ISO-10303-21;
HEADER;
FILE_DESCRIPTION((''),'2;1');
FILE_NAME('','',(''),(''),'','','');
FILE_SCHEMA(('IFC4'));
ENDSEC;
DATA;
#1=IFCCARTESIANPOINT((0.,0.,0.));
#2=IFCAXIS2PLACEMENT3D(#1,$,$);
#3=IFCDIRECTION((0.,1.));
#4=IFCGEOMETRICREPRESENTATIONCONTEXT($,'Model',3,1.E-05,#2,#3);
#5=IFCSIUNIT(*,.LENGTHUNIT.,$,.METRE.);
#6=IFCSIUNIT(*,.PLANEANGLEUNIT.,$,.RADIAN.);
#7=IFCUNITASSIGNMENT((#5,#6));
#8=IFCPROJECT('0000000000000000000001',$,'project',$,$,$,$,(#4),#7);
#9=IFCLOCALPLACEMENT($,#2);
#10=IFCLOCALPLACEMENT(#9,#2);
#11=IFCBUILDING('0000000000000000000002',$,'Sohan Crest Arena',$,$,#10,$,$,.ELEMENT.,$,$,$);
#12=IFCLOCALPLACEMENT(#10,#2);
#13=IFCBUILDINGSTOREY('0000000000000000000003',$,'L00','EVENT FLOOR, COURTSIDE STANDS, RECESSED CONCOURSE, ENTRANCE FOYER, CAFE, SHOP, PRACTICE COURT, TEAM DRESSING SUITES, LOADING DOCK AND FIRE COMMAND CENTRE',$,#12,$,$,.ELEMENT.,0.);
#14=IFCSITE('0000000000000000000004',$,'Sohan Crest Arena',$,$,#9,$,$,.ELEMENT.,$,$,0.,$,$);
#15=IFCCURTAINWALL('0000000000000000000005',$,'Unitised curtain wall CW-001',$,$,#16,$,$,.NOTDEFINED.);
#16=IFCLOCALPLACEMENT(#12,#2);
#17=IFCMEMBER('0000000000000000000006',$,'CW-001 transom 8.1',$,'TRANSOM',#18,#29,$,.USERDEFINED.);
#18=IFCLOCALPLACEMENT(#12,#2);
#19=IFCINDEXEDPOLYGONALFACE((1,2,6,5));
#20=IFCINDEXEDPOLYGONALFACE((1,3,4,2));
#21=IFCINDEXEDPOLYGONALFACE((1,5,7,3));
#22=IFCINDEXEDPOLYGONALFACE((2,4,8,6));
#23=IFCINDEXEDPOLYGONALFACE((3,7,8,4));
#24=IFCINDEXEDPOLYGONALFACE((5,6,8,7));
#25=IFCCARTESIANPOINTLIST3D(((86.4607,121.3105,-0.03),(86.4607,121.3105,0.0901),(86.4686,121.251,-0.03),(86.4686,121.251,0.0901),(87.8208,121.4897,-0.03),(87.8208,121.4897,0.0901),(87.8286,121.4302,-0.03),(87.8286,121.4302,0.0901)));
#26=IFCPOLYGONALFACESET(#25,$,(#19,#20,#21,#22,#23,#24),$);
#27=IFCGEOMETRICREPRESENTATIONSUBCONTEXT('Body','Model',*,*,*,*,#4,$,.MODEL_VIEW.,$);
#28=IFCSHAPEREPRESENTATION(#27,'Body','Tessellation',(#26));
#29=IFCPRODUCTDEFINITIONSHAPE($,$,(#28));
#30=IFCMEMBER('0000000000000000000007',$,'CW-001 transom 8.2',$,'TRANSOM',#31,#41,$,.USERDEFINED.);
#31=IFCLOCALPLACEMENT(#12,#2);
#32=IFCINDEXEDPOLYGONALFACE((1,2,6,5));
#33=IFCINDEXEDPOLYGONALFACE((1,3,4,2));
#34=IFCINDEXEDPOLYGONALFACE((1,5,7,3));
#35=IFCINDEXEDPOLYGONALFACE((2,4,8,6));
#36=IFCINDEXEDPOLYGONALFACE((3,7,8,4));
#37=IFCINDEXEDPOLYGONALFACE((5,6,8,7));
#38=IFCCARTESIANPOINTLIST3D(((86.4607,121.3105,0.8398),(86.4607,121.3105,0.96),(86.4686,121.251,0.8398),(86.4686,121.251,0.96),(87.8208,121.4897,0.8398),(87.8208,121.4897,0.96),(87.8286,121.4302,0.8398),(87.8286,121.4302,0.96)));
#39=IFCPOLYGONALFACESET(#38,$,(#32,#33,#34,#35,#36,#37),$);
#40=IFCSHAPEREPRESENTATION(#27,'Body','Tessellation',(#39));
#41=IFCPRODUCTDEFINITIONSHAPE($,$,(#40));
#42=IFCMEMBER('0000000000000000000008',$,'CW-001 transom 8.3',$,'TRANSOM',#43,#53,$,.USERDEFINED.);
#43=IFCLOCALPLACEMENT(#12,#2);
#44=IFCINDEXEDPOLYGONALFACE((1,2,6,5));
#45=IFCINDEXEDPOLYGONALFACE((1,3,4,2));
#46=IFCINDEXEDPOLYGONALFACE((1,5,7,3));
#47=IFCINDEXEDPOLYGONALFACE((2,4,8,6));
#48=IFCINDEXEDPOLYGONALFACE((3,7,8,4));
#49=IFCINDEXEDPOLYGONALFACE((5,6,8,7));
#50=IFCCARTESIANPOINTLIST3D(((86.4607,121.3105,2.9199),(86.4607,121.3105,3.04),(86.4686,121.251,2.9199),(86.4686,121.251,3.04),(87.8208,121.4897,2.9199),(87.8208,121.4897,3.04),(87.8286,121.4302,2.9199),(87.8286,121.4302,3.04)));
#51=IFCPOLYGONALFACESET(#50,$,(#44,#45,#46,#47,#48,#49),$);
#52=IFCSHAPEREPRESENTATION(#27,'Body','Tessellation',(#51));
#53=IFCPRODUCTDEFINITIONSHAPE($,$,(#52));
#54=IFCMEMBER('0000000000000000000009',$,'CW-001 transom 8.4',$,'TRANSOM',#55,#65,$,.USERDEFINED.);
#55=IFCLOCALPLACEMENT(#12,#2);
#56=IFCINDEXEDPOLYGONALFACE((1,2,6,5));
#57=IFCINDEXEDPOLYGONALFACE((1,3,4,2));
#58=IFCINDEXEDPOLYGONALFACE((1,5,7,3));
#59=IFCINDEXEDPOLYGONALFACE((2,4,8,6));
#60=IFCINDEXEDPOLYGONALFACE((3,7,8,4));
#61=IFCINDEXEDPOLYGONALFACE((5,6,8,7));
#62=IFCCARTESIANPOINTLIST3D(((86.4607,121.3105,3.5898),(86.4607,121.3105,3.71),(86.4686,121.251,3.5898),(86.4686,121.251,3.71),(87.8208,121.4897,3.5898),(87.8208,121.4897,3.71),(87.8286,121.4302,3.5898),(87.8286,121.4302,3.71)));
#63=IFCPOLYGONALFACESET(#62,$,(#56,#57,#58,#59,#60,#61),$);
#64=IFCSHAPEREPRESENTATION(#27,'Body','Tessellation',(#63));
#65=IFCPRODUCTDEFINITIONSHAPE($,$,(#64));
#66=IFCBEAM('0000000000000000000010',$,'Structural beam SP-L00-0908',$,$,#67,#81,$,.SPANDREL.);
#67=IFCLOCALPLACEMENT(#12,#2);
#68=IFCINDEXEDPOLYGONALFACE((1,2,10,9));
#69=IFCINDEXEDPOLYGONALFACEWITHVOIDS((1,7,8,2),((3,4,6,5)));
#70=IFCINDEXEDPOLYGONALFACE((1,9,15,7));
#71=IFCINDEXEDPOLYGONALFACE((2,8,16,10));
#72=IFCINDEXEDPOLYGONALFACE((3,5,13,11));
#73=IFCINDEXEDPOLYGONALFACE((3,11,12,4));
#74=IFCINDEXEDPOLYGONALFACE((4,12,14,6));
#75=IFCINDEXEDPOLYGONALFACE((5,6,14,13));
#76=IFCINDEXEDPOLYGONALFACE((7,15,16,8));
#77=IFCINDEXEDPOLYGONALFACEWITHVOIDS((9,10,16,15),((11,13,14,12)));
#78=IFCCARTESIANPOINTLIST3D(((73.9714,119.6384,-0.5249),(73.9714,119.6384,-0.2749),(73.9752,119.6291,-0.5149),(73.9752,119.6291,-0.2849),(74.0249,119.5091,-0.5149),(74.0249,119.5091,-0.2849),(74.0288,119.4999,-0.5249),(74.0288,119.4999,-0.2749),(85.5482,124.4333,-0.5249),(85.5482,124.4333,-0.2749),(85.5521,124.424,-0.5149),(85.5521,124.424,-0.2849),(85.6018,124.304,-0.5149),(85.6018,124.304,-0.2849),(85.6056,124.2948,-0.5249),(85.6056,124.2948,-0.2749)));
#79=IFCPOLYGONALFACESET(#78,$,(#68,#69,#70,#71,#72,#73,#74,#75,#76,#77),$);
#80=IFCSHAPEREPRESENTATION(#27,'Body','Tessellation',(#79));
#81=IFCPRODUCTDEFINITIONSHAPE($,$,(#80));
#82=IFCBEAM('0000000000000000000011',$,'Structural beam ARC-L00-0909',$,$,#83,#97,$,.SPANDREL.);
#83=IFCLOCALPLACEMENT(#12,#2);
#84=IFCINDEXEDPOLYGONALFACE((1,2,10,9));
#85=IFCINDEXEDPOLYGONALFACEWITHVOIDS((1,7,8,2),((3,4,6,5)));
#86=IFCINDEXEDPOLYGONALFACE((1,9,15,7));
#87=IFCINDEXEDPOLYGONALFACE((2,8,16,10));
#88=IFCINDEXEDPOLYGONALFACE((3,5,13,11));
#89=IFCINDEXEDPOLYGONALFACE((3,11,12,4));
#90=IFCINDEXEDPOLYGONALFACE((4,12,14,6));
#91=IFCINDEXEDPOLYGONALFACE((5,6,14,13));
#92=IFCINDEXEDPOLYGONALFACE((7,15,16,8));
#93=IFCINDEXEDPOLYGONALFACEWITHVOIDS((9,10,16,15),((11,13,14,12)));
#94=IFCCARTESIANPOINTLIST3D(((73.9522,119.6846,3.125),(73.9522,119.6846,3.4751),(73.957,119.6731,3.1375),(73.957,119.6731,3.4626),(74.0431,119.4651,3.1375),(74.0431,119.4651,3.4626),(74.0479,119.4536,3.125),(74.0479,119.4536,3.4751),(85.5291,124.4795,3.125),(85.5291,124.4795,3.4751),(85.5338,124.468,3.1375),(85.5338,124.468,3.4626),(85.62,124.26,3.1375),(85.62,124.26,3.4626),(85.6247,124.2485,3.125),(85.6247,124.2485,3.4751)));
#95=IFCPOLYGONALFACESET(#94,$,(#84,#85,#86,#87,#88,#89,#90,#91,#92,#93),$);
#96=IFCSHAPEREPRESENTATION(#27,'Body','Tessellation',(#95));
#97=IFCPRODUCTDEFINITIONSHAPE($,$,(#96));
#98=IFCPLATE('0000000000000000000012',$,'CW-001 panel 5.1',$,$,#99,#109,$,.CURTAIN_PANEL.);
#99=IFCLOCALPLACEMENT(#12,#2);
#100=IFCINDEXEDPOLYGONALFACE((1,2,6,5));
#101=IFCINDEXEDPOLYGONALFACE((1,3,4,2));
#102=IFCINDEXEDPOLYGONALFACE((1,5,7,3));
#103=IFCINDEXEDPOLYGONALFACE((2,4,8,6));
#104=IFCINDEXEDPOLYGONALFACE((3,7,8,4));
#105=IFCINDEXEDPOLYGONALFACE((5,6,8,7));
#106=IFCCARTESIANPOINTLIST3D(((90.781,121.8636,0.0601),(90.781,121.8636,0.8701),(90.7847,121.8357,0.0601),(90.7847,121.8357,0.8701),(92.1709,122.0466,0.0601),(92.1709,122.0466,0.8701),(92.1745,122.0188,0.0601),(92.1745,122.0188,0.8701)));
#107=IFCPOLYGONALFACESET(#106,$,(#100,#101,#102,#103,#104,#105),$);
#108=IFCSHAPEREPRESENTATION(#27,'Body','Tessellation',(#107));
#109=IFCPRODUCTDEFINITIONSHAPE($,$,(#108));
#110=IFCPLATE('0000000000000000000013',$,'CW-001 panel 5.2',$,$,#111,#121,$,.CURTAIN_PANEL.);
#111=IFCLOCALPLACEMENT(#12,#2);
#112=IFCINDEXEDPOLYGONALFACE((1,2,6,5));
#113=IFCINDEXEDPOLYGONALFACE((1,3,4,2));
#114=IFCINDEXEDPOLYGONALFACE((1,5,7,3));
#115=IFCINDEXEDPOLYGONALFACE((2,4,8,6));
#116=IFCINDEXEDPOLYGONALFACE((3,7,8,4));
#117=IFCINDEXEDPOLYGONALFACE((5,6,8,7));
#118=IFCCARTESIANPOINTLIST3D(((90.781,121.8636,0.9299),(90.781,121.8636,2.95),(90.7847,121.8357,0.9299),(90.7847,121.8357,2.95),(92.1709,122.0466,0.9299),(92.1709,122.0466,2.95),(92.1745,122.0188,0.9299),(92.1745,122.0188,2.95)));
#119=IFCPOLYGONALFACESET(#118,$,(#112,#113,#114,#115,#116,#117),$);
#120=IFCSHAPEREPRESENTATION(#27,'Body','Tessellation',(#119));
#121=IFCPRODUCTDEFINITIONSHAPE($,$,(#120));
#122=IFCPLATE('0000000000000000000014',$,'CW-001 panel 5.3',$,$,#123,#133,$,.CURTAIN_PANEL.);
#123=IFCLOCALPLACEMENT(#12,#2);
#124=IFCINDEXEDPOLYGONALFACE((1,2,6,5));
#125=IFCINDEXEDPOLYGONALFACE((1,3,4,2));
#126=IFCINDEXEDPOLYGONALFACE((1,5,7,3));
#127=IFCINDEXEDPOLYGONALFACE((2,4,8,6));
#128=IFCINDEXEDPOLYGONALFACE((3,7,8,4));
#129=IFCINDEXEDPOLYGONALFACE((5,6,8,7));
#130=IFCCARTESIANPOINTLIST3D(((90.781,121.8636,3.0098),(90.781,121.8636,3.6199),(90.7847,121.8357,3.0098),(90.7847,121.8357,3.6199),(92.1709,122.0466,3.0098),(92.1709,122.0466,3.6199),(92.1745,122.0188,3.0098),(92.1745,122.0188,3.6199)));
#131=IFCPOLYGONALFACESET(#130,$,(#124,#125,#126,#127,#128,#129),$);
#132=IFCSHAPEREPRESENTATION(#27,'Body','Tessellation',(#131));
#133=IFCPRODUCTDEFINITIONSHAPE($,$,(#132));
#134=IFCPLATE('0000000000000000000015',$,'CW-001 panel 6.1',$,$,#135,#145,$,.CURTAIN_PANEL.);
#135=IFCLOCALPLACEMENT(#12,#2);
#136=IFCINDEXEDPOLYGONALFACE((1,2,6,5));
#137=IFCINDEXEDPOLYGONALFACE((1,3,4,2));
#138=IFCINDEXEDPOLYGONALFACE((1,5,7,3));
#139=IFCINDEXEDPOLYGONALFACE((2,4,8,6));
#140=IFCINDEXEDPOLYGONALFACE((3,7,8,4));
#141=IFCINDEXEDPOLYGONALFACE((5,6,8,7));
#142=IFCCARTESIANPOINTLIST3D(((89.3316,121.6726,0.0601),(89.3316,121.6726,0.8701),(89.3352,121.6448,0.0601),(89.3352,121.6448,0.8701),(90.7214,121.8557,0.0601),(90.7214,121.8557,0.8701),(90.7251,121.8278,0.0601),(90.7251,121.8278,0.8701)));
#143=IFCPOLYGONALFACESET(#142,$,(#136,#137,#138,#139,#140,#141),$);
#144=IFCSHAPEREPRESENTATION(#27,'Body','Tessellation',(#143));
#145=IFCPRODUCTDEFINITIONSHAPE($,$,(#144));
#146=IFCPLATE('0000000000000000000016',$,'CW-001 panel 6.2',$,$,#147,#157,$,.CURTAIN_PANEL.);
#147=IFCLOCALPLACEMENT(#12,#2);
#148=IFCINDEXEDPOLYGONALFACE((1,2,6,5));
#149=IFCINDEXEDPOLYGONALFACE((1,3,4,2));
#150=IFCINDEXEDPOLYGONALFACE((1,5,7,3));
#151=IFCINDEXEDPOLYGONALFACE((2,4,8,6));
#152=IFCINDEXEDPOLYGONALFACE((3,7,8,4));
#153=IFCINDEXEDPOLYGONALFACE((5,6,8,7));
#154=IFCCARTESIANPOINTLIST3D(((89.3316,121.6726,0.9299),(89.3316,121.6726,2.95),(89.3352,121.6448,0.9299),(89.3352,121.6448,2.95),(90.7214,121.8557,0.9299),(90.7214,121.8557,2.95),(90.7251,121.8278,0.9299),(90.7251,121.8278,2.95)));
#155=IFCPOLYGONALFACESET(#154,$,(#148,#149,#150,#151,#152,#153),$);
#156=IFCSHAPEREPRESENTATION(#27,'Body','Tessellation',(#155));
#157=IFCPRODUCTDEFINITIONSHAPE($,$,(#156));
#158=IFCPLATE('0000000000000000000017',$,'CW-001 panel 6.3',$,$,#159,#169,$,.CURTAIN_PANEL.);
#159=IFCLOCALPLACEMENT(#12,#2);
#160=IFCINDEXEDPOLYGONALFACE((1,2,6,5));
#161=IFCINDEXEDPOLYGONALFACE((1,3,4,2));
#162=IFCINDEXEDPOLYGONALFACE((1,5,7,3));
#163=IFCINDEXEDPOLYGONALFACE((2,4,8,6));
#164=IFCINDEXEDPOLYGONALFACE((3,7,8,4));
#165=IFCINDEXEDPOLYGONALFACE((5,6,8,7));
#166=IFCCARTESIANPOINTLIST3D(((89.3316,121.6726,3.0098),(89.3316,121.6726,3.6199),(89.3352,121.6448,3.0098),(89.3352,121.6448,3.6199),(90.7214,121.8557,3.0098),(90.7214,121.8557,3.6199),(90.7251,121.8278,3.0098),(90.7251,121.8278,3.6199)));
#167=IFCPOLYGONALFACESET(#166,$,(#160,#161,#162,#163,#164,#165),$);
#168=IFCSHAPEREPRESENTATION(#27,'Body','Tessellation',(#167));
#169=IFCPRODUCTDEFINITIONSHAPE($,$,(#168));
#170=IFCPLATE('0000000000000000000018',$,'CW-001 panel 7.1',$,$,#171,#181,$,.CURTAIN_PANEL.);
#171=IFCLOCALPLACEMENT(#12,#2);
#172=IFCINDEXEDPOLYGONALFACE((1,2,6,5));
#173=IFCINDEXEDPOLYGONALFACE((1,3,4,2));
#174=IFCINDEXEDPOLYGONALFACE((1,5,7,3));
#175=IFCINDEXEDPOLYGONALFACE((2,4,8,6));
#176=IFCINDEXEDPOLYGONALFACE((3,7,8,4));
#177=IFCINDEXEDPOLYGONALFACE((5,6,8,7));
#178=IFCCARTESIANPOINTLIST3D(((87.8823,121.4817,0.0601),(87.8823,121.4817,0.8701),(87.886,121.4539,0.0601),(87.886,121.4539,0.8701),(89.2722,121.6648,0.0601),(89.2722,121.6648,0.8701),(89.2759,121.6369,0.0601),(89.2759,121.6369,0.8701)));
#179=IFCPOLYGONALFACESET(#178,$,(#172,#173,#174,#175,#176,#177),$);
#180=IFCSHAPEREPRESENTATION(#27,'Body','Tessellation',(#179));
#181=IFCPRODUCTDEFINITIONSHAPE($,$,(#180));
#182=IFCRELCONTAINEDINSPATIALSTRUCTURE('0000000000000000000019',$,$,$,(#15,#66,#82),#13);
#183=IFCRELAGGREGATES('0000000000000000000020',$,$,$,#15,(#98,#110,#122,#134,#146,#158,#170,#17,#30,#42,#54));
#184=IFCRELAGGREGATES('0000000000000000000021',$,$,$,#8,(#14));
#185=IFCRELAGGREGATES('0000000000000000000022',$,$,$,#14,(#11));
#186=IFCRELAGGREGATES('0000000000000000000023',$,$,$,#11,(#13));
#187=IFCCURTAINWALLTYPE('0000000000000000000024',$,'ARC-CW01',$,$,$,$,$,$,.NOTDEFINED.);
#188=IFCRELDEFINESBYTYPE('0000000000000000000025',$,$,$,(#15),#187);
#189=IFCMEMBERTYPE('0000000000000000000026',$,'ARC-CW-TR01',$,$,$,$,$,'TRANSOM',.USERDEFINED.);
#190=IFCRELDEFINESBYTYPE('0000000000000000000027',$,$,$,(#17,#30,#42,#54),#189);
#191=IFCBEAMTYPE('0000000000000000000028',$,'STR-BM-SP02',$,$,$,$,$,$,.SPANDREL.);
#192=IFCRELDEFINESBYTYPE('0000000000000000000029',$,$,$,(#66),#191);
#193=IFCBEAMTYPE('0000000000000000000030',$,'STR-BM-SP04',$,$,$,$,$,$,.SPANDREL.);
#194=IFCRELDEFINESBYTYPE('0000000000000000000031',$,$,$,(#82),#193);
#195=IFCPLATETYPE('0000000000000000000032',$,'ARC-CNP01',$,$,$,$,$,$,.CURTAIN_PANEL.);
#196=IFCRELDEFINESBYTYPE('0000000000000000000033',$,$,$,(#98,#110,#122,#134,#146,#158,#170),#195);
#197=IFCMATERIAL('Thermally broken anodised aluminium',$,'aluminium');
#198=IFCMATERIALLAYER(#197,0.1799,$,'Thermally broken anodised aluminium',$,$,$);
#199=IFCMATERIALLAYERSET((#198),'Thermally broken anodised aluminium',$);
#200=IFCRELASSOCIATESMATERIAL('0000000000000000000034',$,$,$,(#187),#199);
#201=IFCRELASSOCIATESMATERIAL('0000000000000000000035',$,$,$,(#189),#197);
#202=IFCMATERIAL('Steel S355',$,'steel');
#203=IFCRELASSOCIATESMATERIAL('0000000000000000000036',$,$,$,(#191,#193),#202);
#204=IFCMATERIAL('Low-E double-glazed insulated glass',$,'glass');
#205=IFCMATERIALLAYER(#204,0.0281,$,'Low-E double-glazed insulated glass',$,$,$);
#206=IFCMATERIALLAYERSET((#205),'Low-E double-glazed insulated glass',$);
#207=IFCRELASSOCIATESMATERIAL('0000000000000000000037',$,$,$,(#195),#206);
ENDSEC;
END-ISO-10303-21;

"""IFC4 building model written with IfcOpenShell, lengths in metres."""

from ifc_helpers import new_model, si_unit, direction, frame, origin, origin_2d, place, context, subcontext, project, spatial, rectangle, hollow_rectangle, extrude, material, layer, layer_set, material_profile, profile_set, type_object, element, aggregate, save


model = new_model("IFC4")

# Units and contexts
model_context = context("Model", 3, precision=1e-05, world=origin(), true_north=direction((0.0, 1.0)))
body_context = subcontext(model_context, "Body", "Model", "MODEL_VIEW")
ifc_project = project(units=[si_unit("LENGTHUNIT", "METRE"), si_unit("PLANEANGLEUNIT", "RADIAN")], contexts=[model_context])

# Site, building, storey
site_placement = place(None, origin())
site = spatial("IfcSite", under=ifc_project, at=site_placement, Name="Sohan Crest Arena", CompositionType="ELEMENT", RefElevation=0.0)
building_placement = place(site_placement, origin())
building = spatial("IfcBuilding", under=site, at=building_placement, Name="Sohan Crest Arena", CompositionType="ELEMENT")
storey_placement = place(building_placement, origin())
storey = spatial("IfcBuildingStorey", under=building, at=storey_placement, Name="L00", Description="EVENT FLOOR, COURTSIDE STANDS, RECESSED CONCOURSE, ENTRANCE FOYER, CAFE, SHOP, PRACTICE COURT, TEAM DRESSING SUITES, LOADING DOCK AND FIRE COMMAND CENTRE", CompositionType="ELEMENT", Elevation=0.0)

# Curtain wall, members
ifc_material_1 = material(Name="Thermally broken anodised aluminium", Category="aluminium")
ifc_layer_1 = layer(ifc_material_1, 0.1799, Name="Thermally broken anodised aluminium")
ifc_layer_set_1 = layer_set([ifc_layer_1], Name="Thermally broken anodised aluminium")
curtain_wall_type = type_object("IfcCurtainWallType", Name="ARC-CW01", PredefinedType="NOTDEFINED", material=ifc_layer_set_1)
curtain_wall_placement = place(storey_placement, origin())
curtain_wall = element("IfcCurtainWall", 1, at=curtain_wall_placement, inside=storey, type_object=curtain_wall_type, Name="Unitised curtain wall CW-001", PredefinedType="NOTDEFINED")
ifc_material_profile_1 = material_profile(ifc_material_1, rectangle(XDim=0.0601, YDim=0.1201, at=origin_2d()), Name="ALU-TRAN 60x120")
ifc_profile_set_1 = profile_set([ifc_material_profile_1], Name="Thermally broken anodised aluminium")
member_type_1 = type_object("IfcMemberType", Name="ARC-CW-TR01", ElementType="TRANSOM", PredefinedType="USERDEFINED", material=ifc_profile_set_1)
member_1_placement = place(storey_placement, frame((87.8247, 121.46, 0.03), z_axis=(-0.991432, -0.130625, 0.0), x_axis=(0.130625, -0.991432, 0.0)))
member_1 = element("IfcMember", 2, at=member_1_placement, type_object=member_type_1, Name="CW-001 transom 8.1", ObjectType="TRANSOM", PredefinedType="USERDEFINED", context=body_context, shape_type="SweptSolid", body=[
    extrude(rectangle(XDim=0.0601, YDim=0.1201, at=origin_2d()), origin(), (0.0, 0.0, 1.0), 1.3718),
])
member_2_placement = place(storey_placement, frame((87.8247, 121.46, 0.8999), z_axis=(-0.991432, -0.130625, 0.0), x_axis=(0.130625, -0.991432, 0.0)))
member_2 = element("IfcMember", 3, at=member_2_placement, type_object=member_type_1, Name="CW-001 transom 8.2", ObjectType="TRANSOM", PredefinedType="USERDEFINED", context=body_context, shape_type="SweptSolid", body=[
    extrude(rectangle(XDim=0.0601, YDim=0.1201, at=origin_2d()), origin(), (0.0, 0.0, 1.0), 1.3718),
])
member_3_placement = place(storey_placement, frame((87.8247, 121.46, 2.98), z_axis=(-0.991432, -0.130625, 0.0), x_axis=(0.130625, -0.991432, 0.0)))
member_3 = element("IfcMember", 4, at=member_3_placement, type_object=member_type_1, Name="CW-001 transom 8.3", ObjectType="TRANSOM", PredefinedType="USERDEFINED", context=body_context, shape_type="SweptSolid", body=[
    extrude(rectangle(XDim=0.0601, YDim=0.1201, at=origin_2d()), origin(), (0.0, 0.0, 1.0), 1.3718),
])
member_4_placement = place(storey_placement, frame((87.8247, 121.46, 3.6499), z_axis=(-0.991432, -0.130625, 0.0), x_axis=(0.130625, -0.991432, 0.0)))
member_4 = element("IfcMember", 5, at=member_4_placement, type_object=member_type_1, Name="CW-001 transom 8.4", ObjectType="TRANSOM", PredefinedType="USERDEFINED", context=body_context, shape_type="SweptSolid", body=[
    extrude(rectangle(XDim=0.0601, YDim=0.1201, at=origin_2d()), origin(), (0.0, 0.0, 1.0), 1.3718),
])

# Beams
ifc_material_2 = material(Name="Steel S355", Category="steel")
ifc_material_profile_2 = material_profile(ifc_material_2, hollow_rectangle(XDim=0.1499, YDim=0.25, WallThickness=0.01, at=origin_2d()), Name="RHS 250x150x10")
ifc_profile_set_2 = profile_set([ifc_material_profile_2], Name="Steel S355")
beam_type_1 = type_object("IfcBeamType", Name="STR-BM-SP02", PredefinedType="SPANDREL", material=ifc_profile_set_2)
beam_1_placement = place(storey_placement, frame((85.5769, 124.364, -0.3999), z_axis=(-0.923891, -0.382657, 0.0), x_axis=(0.382657, -0.923891, 0.0)))
element("IfcBeam", 6, at=beam_1_placement, inside=storey, type_object=beam_type_1, Name="Structural beam SP-L00-0908", PredefinedType="SPANDREL", context=body_context, shape_type="SweptSolid", body=[
    extrude(hollow_rectangle(XDim=0.1499, YDim=0.25, WallThickness=0.01, at=origin_2d()), origin(), (0.0, 0.0, 1.0), 12.5305),
])
ifc_material_profile_3 = material_profile(ifc_material_2, hollow_rectangle(XDim=0.25, YDim=0.3501, WallThickness=0.0125, at=origin_2d()), Name="RHS 350x250x12.5")
ifc_profile_set_3 = profile_set([ifc_material_profile_3], Name="Steel S355")
beam_type_2 = type_object("IfcBeamType", Name="STR-BM-SP04", PredefinedType="SPANDREL", material=ifc_profile_set_3)
beam_2_placement = place(storey_placement, frame((85.5769, 124.364, 3.3), z_axis=(-0.923891, -0.382657, 0.0), x_axis=(0.382657, -0.923891, 0.0)))
element("IfcBeam", 7, at=beam_2_placement, inside=storey, type_object=beam_type_2, Name="Structural beam ARC-L00-0909", PredefinedType="SPANDREL", context=body_context, shape_type="SweptSolid", body=[
    extrude(hollow_rectangle(XDim=0.25, YDim=0.3501, WallThickness=0.0125, at=origin_2d()), origin(), (0.0, 0.0, 1.0), 12.5305),
])

# Plates
ifc_material_3 = material(Name="Low-E double-glazed insulated glass", Category="glass")
ifc_layer_2 = layer(ifc_material_3, 0.0281, Name="Low-E double-glazed insulated glass")
ifc_layer_set_2 = layer_set([ifc_layer_2], Name="Low-E double-glazed insulated glass")
plate_type = type_object("IfcPlateType", Name="ARC-CNP01", PredefinedType="CURTAIN_PANEL", material=ifc_layer_set_2)
plate_1_placement = place(storey_placement, frame((91.4778, 121.9412, 0.0601), z_axis=(0.0, 0.0, 1.0), x_axis=(-0.991439, -0.130567, 0.0)))
plate_1 = element("IfcPlate", 8, at=plate_1_placement, type_object=plate_type, Name="CW-001 panel 5.1", PredefinedType="CURTAIN_PANEL", context=body_context, shape_type="SweptSolid", body=[
    extrude(rectangle(XDim=1.4019, YDim=0.0281, at=origin_2d()), origin(), (0.0, 0.0, 1.0), 0.8101),
])
plate_2_placement = place(storey_placement, frame((91.4778, 121.9412, 0.9299), z_axis=(0.0, 0.0, 1.0), x_axis=(-0.991439, -0.130567, 0.0)))
plate_2 = element("IfcPlate", 9, at=plate_2_placement, type_object=plate_type, Name="CW-001 panel 5.2", PredefinedType="CURTAIN_PANEL", context=body_context, shape_type="SweptSolid", body=[
    extrude(rectangle(XDim=1.4019, YDim=0.0281, at=origin_2d()), origin(), (0.0, 0.0, 1.0), 2.02),
])
plate_3_placement = place(storey_placement, frame((91.4778, 121.9412, 3.0098), z_axis=(0.0, 0.0, 1.0), x_axis=(-0.991439, -0.130567, 0.0)))
plate_3 = element("IfcPlate", 10, at=plate_3_placement, type_object=plate_type, Name="CW-001 panel 5.3", PredefinedType="CURTAIN_PANEL", context=body_context, shape_type="SweptSolid", body=[
    extrude(rectangle(XDim=1.4019, YDim=0.0281, at=origin_2d()), origin(), (0.0, 0.0, 1.0), 0.6101),
])
plate_4_placement = place(storey_placement, frame((90.0283, 121.7502, 0.0601), z_axis=(0.0, 0.0, 1.0), x_axis=(-0.991439, -0.130567, 0.0)))
plate_4 = element("IfcPlate", 11, at=plate_4_placement, type_object=plate_type, Name="CW-001 panel 6.1", PredefinedType="CURTAIN_PANEL", context=body_context, shape_type="SweptSolid", body=[
    extrude(rectangle(XDim=1.4019, YDim=0.0281, at=origin_2d()), origin(), (0.0, 0.0, 1.0), 0.8101),
])
plate_5_placement = place(storey_placement, frame((90.0283, 121.7502, 0.9299), z_axis=(0.0, 0.0, 1.0), x_axis=(-0.991439, -0.130567, 0.0)))
plate_5 = element("IfcPlate", 12, at=plate_5_placement, type_object=plate_type, Name="CW-001 panel 6.2", PredefinedType="CURTAIN_PANEL", context=body_context, shape_type="SweptSolid", body=[
    extrude(rectangle(XDim=1.4019, YDim=0.0281, at=origin_2d()), origin(), (0.0, 0.0, 1.0), 2.02),
])
plate_6_placement = place(storey_placement, frame((90.0283, 121.7502, 3.0098), z_axis=(0.0, 0.0, 1.0), x_axis=(-0.991439, -0.130567, 0.0)))
plate_6 = element("IfcPlate", 13, at=plate_6_placement, type_object=plate_type, Name="CW-001 panel 6.3", PredefinedType="CURTAIN_PANEL", context=body_context, shape_type="SweptSolid", body=[
    extrude(rectangle(XDim=1.4019, YDim=0.0281, at=origin_2d()), origin(), (0.0, 0.0, 1.0), 0.6101),
])
plate_7_placement = place(storey_placement, frame((88.5791, 121.5593, 0.0601), z_axis=(0.0, 0.0, 1.0), x_axis=(-0.991439, -0.130567, 0.0)))
plate_7 = element("IfcPlate", 14, at=plate_7_placement, type_object=plate_type, Name="CW-001 panel 7.1", PredefinedType="CURTAIN_PANEL", context=body_context, shape_type="SweptSolid", body=[
    extrude(rectangle(XDim=1.4019, YDim=0.0281, at=origin_2d()), origin(), (0.0, 0.0, 1.0), 0.8101),
])
aggregate(curtain_wall, [plate_1, plate_2, plate_3, plate_4, plate_5, plate_6, plate_7, member_1, member_2, member_3, member_4])

save(model, "model.ifc")
